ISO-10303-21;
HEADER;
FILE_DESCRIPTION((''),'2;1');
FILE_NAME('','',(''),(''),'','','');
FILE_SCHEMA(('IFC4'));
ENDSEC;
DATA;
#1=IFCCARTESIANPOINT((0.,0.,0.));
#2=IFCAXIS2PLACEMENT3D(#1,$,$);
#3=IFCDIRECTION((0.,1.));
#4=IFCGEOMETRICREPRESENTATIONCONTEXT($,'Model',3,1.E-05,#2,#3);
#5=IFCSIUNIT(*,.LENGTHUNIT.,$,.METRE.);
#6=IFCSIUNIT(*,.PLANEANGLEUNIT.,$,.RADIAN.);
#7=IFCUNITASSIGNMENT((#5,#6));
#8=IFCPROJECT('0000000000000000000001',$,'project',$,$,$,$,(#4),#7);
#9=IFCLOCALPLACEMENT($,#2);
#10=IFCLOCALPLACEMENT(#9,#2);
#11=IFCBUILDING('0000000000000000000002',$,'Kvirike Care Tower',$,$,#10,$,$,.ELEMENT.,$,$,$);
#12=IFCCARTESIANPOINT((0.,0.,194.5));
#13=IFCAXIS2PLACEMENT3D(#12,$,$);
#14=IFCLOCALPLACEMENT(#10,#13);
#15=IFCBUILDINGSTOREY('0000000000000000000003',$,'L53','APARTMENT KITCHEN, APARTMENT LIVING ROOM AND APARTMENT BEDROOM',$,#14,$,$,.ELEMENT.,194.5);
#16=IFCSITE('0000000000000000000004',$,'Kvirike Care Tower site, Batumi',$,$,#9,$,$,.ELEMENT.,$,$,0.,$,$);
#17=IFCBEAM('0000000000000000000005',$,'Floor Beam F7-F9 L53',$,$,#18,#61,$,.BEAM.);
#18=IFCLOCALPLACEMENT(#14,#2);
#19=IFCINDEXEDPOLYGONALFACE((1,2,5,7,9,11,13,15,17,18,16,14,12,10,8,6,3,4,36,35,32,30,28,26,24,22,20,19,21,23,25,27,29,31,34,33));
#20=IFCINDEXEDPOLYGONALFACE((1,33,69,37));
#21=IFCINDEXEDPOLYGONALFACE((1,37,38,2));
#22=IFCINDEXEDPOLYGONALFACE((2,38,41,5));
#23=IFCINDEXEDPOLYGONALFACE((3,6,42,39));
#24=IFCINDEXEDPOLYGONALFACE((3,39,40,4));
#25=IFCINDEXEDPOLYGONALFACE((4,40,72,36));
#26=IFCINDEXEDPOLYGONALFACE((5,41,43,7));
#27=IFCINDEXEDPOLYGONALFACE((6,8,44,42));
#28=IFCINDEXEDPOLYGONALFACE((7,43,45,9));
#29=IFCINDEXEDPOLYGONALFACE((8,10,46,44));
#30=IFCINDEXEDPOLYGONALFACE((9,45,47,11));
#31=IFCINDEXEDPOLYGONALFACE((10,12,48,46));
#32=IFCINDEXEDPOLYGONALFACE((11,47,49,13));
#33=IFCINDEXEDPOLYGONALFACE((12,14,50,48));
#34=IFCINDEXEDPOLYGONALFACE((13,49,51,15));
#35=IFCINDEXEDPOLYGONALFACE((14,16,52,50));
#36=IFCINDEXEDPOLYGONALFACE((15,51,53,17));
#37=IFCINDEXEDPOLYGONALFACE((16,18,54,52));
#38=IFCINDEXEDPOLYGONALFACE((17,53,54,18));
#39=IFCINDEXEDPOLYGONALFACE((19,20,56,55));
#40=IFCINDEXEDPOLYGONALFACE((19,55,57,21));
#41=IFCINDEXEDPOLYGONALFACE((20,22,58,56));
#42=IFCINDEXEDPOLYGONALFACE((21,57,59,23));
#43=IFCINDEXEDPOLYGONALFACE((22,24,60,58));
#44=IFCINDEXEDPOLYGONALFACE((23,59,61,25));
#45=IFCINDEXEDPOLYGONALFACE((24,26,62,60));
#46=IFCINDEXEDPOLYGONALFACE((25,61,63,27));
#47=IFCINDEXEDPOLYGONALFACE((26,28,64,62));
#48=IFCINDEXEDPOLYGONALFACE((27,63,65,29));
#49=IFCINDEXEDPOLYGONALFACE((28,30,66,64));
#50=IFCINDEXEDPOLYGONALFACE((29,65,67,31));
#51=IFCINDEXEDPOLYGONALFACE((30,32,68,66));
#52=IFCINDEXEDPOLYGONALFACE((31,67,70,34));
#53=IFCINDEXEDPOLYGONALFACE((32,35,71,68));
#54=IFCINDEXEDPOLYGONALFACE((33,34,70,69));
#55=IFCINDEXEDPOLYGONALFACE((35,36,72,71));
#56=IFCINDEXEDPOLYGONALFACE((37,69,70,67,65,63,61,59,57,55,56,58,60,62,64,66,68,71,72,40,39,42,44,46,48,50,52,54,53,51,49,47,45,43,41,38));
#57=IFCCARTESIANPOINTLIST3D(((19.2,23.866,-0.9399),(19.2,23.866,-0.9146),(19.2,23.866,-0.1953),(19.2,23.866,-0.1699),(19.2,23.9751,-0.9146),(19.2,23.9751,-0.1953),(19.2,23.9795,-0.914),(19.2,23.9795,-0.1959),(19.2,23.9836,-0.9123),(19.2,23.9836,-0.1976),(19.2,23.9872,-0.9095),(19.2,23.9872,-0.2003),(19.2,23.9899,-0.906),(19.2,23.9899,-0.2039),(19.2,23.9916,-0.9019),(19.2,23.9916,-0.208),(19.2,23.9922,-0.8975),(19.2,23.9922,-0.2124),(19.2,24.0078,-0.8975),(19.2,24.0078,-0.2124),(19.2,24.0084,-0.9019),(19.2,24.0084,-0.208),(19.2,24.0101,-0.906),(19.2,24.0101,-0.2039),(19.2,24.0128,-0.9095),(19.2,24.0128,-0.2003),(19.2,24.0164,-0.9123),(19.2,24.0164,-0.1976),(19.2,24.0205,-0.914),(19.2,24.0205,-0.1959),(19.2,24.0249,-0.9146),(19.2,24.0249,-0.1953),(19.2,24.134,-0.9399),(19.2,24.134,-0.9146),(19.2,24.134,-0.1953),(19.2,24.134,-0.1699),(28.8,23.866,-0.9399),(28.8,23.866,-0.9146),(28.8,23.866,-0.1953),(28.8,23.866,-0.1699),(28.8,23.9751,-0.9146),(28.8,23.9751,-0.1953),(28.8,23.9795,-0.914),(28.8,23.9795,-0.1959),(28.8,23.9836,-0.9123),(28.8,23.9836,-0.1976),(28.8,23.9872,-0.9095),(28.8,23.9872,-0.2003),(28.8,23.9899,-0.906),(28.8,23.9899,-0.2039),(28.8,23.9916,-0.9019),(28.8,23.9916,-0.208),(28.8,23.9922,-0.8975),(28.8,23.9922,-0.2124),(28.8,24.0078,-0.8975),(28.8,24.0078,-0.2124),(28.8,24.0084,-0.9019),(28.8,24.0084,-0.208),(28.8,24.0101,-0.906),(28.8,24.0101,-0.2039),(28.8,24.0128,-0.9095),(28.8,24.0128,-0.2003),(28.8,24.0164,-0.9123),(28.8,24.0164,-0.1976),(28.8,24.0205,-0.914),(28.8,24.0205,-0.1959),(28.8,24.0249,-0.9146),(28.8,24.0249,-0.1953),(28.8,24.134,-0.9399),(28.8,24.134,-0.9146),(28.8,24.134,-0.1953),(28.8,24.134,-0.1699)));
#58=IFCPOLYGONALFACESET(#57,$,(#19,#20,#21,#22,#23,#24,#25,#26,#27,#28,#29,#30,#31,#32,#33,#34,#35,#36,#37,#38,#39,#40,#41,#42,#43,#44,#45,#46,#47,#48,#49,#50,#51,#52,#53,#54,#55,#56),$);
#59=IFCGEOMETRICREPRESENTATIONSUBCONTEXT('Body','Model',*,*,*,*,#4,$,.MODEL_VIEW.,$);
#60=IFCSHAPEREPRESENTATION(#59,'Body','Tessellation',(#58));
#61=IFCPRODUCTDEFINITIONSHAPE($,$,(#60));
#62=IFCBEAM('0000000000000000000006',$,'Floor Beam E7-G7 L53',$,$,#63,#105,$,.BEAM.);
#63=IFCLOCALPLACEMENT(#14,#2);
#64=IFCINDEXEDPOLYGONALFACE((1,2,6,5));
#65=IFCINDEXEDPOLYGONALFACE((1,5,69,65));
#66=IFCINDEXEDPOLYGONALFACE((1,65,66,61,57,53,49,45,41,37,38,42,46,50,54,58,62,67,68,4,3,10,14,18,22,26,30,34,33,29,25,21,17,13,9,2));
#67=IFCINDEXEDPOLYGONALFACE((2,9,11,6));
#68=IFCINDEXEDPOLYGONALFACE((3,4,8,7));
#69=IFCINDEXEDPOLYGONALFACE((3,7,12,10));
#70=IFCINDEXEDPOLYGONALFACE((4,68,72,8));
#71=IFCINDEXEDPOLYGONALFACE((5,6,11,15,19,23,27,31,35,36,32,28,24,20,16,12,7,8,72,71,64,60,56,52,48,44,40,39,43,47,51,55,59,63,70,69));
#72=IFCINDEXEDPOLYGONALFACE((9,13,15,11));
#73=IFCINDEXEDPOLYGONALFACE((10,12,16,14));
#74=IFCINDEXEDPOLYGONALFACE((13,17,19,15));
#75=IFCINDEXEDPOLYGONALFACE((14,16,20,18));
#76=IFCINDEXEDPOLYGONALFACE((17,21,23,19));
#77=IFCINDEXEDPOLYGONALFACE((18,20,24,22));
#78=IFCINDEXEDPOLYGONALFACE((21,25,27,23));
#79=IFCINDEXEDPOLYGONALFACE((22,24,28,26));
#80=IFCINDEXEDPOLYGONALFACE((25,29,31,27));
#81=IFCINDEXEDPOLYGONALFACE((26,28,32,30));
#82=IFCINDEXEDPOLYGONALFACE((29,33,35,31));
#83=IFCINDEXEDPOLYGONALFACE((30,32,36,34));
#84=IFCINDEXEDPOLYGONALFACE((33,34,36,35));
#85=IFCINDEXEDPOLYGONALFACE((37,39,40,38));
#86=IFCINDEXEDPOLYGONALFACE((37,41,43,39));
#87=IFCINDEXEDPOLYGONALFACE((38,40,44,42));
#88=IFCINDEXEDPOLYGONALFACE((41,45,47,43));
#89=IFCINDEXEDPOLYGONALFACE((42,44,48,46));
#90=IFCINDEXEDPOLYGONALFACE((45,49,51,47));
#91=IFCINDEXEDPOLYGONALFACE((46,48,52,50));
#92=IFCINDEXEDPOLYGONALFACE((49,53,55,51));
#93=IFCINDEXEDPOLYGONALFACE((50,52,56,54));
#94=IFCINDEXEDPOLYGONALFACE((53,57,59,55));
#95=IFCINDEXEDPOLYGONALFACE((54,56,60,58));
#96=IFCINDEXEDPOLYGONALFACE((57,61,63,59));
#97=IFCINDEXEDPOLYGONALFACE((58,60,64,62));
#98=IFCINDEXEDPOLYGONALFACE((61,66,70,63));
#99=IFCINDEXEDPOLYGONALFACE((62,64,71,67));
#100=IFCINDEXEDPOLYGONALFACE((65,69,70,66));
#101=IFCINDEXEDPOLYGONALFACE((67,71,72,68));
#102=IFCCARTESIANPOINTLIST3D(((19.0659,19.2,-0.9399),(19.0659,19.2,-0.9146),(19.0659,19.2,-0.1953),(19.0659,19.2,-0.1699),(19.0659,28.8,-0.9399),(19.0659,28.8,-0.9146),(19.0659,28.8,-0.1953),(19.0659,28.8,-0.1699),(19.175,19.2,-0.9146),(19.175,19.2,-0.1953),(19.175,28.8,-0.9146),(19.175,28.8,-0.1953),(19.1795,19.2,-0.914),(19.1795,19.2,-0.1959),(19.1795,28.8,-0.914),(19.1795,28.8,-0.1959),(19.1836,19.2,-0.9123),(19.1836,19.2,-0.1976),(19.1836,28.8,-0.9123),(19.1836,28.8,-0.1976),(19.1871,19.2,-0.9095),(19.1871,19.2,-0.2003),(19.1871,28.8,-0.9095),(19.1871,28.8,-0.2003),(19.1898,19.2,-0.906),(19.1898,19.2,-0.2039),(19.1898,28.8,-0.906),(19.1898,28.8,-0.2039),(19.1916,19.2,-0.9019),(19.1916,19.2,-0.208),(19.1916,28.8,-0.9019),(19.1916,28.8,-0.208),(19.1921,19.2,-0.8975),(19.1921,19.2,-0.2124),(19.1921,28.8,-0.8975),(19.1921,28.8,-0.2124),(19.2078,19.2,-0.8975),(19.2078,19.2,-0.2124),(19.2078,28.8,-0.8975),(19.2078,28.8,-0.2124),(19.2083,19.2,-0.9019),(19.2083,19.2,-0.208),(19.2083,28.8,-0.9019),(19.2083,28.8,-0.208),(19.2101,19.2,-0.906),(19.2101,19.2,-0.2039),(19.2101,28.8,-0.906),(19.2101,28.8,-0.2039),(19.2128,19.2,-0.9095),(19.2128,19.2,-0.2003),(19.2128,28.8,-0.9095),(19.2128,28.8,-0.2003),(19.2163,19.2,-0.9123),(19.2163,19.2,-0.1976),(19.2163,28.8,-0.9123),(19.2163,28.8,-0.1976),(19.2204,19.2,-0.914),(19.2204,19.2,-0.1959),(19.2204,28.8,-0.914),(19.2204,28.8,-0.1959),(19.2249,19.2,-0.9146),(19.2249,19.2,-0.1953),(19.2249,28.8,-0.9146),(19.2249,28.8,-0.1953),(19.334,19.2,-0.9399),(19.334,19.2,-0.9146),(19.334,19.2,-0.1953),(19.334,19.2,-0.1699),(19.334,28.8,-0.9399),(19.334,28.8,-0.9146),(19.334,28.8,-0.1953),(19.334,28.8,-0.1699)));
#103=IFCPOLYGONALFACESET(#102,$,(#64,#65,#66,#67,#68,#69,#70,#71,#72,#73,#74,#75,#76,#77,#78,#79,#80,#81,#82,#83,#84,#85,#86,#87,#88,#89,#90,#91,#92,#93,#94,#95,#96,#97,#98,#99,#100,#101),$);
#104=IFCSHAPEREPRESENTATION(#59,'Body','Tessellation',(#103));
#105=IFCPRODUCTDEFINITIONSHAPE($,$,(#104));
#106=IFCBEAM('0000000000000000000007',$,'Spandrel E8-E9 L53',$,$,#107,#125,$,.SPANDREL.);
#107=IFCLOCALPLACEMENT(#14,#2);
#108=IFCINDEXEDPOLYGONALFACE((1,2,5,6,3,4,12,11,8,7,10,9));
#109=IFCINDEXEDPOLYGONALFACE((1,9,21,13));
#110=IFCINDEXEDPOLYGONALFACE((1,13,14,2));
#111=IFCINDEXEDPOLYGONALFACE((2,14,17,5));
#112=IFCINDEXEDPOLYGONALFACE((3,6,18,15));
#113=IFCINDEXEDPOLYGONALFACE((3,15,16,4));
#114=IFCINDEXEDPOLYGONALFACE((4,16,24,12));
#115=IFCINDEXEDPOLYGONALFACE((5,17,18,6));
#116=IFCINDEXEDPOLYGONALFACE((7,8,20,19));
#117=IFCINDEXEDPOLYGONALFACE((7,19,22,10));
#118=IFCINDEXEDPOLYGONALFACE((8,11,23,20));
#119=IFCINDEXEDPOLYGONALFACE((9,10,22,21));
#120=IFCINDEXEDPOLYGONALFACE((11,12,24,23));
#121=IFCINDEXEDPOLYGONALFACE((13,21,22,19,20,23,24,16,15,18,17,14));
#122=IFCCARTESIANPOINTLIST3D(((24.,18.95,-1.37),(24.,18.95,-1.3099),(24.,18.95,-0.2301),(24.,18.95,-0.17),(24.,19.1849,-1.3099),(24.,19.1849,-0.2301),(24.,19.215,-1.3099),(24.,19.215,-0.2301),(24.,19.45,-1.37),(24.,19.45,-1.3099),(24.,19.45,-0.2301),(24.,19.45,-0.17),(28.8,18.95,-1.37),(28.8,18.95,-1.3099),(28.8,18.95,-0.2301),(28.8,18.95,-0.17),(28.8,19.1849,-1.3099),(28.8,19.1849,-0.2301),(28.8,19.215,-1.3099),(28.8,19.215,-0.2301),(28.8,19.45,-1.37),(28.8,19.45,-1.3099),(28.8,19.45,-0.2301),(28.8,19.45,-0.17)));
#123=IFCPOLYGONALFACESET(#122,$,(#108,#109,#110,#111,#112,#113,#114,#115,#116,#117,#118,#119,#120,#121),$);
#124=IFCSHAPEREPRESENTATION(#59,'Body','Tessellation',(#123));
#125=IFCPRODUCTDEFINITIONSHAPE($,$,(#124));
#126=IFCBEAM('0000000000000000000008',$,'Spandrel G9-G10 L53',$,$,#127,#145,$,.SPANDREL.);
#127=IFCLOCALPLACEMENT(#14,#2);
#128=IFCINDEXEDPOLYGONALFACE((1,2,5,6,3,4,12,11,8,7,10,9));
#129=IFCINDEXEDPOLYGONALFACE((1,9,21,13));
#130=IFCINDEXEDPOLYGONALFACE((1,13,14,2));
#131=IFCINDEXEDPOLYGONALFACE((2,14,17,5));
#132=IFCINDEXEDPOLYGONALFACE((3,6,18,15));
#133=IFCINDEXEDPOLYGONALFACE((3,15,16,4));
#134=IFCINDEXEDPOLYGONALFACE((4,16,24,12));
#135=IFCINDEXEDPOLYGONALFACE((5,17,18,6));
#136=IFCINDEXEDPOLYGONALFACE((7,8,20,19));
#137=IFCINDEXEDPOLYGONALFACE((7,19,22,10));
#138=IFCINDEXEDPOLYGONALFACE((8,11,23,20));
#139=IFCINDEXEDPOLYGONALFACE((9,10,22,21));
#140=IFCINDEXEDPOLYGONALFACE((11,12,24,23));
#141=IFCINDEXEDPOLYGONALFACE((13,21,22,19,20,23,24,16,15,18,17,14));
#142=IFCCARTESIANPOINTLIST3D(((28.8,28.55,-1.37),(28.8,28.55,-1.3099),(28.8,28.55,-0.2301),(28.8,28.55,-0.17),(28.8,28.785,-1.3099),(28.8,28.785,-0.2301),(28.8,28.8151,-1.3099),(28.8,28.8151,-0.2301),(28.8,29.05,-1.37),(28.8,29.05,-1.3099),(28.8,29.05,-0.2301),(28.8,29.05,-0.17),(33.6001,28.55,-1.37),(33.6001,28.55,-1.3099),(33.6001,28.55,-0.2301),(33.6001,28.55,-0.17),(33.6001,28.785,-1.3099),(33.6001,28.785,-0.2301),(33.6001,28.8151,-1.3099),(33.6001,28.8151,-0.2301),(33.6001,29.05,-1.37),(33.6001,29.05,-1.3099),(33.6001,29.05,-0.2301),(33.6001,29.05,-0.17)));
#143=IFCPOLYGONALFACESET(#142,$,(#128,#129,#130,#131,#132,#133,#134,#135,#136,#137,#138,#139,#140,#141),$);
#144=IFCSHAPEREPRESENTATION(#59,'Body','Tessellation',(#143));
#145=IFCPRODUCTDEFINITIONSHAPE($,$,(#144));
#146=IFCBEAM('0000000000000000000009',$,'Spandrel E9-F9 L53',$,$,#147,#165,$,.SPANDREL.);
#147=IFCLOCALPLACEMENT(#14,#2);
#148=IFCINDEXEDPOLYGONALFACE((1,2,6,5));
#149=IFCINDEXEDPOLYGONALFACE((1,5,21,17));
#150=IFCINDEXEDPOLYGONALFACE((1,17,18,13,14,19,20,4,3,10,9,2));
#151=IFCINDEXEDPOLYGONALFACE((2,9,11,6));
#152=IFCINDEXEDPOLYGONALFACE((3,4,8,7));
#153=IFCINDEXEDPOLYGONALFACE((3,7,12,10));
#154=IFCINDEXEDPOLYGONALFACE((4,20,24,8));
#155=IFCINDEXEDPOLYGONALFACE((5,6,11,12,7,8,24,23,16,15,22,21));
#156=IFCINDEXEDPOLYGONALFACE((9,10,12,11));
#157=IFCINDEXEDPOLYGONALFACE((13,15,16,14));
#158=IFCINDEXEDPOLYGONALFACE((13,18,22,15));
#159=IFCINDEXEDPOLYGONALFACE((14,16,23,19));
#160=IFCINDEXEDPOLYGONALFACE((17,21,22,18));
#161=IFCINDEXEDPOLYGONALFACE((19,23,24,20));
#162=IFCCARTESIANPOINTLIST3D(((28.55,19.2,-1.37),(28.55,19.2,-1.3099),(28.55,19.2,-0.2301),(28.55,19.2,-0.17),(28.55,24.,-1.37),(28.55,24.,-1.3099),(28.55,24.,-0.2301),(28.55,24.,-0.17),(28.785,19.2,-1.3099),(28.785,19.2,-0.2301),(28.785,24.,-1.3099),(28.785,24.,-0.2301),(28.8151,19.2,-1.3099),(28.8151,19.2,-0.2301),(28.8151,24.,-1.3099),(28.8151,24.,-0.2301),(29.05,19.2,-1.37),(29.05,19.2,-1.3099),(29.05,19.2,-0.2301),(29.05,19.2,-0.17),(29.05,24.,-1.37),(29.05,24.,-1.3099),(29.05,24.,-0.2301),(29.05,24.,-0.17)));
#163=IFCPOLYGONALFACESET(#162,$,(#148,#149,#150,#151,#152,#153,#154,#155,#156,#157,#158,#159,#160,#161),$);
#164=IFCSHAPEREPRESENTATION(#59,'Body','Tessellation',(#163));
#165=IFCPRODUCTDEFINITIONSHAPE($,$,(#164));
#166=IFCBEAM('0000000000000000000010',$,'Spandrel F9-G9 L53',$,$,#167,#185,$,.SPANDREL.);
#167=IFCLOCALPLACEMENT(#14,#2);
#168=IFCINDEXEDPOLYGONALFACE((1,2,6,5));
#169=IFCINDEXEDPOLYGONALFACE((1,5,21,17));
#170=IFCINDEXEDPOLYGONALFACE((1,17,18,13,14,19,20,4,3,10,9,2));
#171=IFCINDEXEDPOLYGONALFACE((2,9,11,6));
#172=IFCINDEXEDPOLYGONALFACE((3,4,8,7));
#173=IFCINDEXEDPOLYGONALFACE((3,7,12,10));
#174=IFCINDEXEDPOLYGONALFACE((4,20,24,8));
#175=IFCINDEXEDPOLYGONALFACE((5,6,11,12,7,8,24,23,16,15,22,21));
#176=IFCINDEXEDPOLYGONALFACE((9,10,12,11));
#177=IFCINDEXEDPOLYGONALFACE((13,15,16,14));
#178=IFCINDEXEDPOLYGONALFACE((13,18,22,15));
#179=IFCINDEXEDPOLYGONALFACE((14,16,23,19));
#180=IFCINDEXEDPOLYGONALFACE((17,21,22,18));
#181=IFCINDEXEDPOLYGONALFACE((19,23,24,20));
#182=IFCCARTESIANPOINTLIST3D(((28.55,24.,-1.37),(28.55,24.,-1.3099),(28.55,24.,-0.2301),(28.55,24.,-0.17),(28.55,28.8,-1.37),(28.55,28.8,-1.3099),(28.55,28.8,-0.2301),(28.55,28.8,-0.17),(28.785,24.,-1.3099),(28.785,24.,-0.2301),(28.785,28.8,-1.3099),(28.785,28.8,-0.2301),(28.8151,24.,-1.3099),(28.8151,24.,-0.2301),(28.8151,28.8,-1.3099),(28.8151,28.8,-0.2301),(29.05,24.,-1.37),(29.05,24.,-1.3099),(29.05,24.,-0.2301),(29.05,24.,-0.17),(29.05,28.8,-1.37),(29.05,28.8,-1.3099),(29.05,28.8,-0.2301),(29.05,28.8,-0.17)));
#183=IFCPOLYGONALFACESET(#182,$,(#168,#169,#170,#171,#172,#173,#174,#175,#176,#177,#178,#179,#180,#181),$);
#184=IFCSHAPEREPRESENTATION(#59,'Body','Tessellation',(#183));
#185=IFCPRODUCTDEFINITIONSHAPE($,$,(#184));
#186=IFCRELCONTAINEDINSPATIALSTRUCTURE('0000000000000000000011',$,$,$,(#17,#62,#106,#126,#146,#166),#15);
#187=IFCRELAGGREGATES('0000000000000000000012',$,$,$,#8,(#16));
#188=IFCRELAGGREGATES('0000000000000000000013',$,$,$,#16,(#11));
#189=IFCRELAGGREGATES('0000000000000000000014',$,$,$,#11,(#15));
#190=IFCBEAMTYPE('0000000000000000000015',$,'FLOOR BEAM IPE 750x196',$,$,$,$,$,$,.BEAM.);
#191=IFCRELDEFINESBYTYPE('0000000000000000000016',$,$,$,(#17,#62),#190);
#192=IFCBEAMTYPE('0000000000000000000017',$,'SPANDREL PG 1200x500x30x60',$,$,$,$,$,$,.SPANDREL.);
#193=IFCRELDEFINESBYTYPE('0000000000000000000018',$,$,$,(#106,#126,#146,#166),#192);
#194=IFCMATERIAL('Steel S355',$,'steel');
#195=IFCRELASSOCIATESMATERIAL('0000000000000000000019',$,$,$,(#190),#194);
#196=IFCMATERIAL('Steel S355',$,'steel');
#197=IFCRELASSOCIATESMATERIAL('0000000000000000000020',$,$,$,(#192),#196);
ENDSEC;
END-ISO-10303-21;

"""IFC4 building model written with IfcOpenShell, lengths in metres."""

from ifc_helpers import new_model, si_unit, direction, frame, origin, origin_2d, place, context, subcontext, project, spatial, i_section, extrude, material, material_profile, profile_set, type_object, element, save


model = new_model("IFC4")

# Units and contexts
model_context = context("Model", 3, precision=1e-05, world=origin(), true_north=direction((0.0, 1.0)))
body_context = subcontext(model_context, "Body", "Model", "MODEL_VIEW")
ifc_project = project(units=[si_unit("LENGTHUNIT", "METRE"), si_unit("PLANEANGLEUNIT", "RADIAN")], contexts=[model_context])

# Site, building, storey
site_placement = place(None, origin())
site = spatial("IfcSite", under=ifc_project, at=site_placement, Name="Kvirike Care Tower site, Batumi", CompositionType="ELEMENT", RefElevation=0.0)
building_placement = place(site_placement, origin())
building = spatial("IfcBuilding", under=site, at=building_placement, Name="Kvirike Care Tower", CompositionType="ELEMENT")
storey_placement = place(building_placement, frame((0.0, 0.0, 194.5)))
storey = spatial("IfcBuildingStorey", under=building, at=storey_placement, Name="L53", Description="APARTMENT KITCHEN, APARTMENT LIVING ROOM AND APARTMENT BEDROOM", CompositionType="ELEMENT", Elevation=194.5)

# Beams
ifc_material_1 = material(Name="Steel S355", Category="steel")
ifc_material_profile_1 = material_profile(ifc_material_1, i_section(OverallWidth=0.2681, OverallDepth=0.77, WebThickness=0.0156, FlangeThickness=0.0254, FilletRadius=0.0171, at=origin_2d()), Name="IPE 750x196")
ifc_profile_set_1 = profile_set([ifc_material_profile_1], Name="Steel S355")
beam_type_1 = type_object("IfcBeamType", Name="FLOOR BEAM IPE 750x196", PredefinedType="BEAM", material=ifc_profile_set_1)
for number, where, z_axis, x_axis, name in (
    (1, (19.2, 24.0, -0.5549), (1.0, 0.0, 0.0), (0.0, 1.0, 0.0), "Floor Beam F7-F9 L53"),
    (2, (19.2, 19.2, -0.5549), (0.0, 1.0, 0.0), (-1.0, 0.0, 0.0), "Floor Beam E7-G7 L53"),
):
    element("IfcBeam", number, at=place(storey_placement, frame(where, z_axis=z_axis, x_axis=x_axis)), inside=storey, type_object=beam_type_1, Name=name, PredefinedType="BEAM", context=body_context, shape_type="SweptSolid", body=[
        extrude(i_section(OverallWidth=0.2681, OverallDepth=0.77, WebThickness=0.0156, FlangeThickness=0.0254, FilletRadius=0.0171, at=origin_2d()), origin(), (0.0, 0.0, 1.0), 9.6001),
    ])
ifc_material_2 = material(Name="Steel S355", Category="steel")
ifc_material_profile_2 = material_profile(ifc_material_2, i_section(OverallWidth=0.5, OverallDepth=1.2, WebThickness=0.03, FlangeThickness=0.0601, at=origin_2d()), Name="PG 1200x500x30x60")
ifc_profile_set_2 = profile_set([ifc_material_profile_2], Name="Steel S355")
beam_type_2 = type_object("IfcBeamType", Name="SPANDREL PG 1200x500x30x60", PredefinedType="SPANDREL", material=ifc_profile_set_2)
for number, where, z_axis, x_axis, name in (
    (3, (24.0, 19.2, -0.77), (1.0, 0.0, 0.0), (0.0, 1.0, 0.0), "Spandrel E8-E9 L53"),
    (4, (28.8, 28.8, -0.77), (1.0, 0.0, 0.0), (0.0, 1.0, 0.0), "Spandrel G9-G10 L53"),
    (5, (28.8, 19.2, -0.77), (0.0, 1.0, 0.0), (-1.0, 0.0, 0.0), "Spandrel E9-F9 L53"),
    (6, (28.8, 24.0, -0.77), (0.0, 1.0, 0.0), (-1.0, 0.0, 0.0), "Spandrel F9-G9 L53"),
):
    element("IfcBeam", number, at=place(storey_placement, frame(where, z_axis=z_axis, x_axis=x_axis)), inside=storey, type_object=beam_type_2, Name=name, PredefinedType="SPANDREL", context=body_context, shape_type="SweptSolid", body=[
        extrude(i_section(OverallWidth=0.5, OverallDepth=1.2, WebThickness=0.03, FlangeThickness=0.0601, at=origin_2d()), origin(), (0.0, 0.0, 1.0), 4.8),
    ])

save(model, "model.ifc")
